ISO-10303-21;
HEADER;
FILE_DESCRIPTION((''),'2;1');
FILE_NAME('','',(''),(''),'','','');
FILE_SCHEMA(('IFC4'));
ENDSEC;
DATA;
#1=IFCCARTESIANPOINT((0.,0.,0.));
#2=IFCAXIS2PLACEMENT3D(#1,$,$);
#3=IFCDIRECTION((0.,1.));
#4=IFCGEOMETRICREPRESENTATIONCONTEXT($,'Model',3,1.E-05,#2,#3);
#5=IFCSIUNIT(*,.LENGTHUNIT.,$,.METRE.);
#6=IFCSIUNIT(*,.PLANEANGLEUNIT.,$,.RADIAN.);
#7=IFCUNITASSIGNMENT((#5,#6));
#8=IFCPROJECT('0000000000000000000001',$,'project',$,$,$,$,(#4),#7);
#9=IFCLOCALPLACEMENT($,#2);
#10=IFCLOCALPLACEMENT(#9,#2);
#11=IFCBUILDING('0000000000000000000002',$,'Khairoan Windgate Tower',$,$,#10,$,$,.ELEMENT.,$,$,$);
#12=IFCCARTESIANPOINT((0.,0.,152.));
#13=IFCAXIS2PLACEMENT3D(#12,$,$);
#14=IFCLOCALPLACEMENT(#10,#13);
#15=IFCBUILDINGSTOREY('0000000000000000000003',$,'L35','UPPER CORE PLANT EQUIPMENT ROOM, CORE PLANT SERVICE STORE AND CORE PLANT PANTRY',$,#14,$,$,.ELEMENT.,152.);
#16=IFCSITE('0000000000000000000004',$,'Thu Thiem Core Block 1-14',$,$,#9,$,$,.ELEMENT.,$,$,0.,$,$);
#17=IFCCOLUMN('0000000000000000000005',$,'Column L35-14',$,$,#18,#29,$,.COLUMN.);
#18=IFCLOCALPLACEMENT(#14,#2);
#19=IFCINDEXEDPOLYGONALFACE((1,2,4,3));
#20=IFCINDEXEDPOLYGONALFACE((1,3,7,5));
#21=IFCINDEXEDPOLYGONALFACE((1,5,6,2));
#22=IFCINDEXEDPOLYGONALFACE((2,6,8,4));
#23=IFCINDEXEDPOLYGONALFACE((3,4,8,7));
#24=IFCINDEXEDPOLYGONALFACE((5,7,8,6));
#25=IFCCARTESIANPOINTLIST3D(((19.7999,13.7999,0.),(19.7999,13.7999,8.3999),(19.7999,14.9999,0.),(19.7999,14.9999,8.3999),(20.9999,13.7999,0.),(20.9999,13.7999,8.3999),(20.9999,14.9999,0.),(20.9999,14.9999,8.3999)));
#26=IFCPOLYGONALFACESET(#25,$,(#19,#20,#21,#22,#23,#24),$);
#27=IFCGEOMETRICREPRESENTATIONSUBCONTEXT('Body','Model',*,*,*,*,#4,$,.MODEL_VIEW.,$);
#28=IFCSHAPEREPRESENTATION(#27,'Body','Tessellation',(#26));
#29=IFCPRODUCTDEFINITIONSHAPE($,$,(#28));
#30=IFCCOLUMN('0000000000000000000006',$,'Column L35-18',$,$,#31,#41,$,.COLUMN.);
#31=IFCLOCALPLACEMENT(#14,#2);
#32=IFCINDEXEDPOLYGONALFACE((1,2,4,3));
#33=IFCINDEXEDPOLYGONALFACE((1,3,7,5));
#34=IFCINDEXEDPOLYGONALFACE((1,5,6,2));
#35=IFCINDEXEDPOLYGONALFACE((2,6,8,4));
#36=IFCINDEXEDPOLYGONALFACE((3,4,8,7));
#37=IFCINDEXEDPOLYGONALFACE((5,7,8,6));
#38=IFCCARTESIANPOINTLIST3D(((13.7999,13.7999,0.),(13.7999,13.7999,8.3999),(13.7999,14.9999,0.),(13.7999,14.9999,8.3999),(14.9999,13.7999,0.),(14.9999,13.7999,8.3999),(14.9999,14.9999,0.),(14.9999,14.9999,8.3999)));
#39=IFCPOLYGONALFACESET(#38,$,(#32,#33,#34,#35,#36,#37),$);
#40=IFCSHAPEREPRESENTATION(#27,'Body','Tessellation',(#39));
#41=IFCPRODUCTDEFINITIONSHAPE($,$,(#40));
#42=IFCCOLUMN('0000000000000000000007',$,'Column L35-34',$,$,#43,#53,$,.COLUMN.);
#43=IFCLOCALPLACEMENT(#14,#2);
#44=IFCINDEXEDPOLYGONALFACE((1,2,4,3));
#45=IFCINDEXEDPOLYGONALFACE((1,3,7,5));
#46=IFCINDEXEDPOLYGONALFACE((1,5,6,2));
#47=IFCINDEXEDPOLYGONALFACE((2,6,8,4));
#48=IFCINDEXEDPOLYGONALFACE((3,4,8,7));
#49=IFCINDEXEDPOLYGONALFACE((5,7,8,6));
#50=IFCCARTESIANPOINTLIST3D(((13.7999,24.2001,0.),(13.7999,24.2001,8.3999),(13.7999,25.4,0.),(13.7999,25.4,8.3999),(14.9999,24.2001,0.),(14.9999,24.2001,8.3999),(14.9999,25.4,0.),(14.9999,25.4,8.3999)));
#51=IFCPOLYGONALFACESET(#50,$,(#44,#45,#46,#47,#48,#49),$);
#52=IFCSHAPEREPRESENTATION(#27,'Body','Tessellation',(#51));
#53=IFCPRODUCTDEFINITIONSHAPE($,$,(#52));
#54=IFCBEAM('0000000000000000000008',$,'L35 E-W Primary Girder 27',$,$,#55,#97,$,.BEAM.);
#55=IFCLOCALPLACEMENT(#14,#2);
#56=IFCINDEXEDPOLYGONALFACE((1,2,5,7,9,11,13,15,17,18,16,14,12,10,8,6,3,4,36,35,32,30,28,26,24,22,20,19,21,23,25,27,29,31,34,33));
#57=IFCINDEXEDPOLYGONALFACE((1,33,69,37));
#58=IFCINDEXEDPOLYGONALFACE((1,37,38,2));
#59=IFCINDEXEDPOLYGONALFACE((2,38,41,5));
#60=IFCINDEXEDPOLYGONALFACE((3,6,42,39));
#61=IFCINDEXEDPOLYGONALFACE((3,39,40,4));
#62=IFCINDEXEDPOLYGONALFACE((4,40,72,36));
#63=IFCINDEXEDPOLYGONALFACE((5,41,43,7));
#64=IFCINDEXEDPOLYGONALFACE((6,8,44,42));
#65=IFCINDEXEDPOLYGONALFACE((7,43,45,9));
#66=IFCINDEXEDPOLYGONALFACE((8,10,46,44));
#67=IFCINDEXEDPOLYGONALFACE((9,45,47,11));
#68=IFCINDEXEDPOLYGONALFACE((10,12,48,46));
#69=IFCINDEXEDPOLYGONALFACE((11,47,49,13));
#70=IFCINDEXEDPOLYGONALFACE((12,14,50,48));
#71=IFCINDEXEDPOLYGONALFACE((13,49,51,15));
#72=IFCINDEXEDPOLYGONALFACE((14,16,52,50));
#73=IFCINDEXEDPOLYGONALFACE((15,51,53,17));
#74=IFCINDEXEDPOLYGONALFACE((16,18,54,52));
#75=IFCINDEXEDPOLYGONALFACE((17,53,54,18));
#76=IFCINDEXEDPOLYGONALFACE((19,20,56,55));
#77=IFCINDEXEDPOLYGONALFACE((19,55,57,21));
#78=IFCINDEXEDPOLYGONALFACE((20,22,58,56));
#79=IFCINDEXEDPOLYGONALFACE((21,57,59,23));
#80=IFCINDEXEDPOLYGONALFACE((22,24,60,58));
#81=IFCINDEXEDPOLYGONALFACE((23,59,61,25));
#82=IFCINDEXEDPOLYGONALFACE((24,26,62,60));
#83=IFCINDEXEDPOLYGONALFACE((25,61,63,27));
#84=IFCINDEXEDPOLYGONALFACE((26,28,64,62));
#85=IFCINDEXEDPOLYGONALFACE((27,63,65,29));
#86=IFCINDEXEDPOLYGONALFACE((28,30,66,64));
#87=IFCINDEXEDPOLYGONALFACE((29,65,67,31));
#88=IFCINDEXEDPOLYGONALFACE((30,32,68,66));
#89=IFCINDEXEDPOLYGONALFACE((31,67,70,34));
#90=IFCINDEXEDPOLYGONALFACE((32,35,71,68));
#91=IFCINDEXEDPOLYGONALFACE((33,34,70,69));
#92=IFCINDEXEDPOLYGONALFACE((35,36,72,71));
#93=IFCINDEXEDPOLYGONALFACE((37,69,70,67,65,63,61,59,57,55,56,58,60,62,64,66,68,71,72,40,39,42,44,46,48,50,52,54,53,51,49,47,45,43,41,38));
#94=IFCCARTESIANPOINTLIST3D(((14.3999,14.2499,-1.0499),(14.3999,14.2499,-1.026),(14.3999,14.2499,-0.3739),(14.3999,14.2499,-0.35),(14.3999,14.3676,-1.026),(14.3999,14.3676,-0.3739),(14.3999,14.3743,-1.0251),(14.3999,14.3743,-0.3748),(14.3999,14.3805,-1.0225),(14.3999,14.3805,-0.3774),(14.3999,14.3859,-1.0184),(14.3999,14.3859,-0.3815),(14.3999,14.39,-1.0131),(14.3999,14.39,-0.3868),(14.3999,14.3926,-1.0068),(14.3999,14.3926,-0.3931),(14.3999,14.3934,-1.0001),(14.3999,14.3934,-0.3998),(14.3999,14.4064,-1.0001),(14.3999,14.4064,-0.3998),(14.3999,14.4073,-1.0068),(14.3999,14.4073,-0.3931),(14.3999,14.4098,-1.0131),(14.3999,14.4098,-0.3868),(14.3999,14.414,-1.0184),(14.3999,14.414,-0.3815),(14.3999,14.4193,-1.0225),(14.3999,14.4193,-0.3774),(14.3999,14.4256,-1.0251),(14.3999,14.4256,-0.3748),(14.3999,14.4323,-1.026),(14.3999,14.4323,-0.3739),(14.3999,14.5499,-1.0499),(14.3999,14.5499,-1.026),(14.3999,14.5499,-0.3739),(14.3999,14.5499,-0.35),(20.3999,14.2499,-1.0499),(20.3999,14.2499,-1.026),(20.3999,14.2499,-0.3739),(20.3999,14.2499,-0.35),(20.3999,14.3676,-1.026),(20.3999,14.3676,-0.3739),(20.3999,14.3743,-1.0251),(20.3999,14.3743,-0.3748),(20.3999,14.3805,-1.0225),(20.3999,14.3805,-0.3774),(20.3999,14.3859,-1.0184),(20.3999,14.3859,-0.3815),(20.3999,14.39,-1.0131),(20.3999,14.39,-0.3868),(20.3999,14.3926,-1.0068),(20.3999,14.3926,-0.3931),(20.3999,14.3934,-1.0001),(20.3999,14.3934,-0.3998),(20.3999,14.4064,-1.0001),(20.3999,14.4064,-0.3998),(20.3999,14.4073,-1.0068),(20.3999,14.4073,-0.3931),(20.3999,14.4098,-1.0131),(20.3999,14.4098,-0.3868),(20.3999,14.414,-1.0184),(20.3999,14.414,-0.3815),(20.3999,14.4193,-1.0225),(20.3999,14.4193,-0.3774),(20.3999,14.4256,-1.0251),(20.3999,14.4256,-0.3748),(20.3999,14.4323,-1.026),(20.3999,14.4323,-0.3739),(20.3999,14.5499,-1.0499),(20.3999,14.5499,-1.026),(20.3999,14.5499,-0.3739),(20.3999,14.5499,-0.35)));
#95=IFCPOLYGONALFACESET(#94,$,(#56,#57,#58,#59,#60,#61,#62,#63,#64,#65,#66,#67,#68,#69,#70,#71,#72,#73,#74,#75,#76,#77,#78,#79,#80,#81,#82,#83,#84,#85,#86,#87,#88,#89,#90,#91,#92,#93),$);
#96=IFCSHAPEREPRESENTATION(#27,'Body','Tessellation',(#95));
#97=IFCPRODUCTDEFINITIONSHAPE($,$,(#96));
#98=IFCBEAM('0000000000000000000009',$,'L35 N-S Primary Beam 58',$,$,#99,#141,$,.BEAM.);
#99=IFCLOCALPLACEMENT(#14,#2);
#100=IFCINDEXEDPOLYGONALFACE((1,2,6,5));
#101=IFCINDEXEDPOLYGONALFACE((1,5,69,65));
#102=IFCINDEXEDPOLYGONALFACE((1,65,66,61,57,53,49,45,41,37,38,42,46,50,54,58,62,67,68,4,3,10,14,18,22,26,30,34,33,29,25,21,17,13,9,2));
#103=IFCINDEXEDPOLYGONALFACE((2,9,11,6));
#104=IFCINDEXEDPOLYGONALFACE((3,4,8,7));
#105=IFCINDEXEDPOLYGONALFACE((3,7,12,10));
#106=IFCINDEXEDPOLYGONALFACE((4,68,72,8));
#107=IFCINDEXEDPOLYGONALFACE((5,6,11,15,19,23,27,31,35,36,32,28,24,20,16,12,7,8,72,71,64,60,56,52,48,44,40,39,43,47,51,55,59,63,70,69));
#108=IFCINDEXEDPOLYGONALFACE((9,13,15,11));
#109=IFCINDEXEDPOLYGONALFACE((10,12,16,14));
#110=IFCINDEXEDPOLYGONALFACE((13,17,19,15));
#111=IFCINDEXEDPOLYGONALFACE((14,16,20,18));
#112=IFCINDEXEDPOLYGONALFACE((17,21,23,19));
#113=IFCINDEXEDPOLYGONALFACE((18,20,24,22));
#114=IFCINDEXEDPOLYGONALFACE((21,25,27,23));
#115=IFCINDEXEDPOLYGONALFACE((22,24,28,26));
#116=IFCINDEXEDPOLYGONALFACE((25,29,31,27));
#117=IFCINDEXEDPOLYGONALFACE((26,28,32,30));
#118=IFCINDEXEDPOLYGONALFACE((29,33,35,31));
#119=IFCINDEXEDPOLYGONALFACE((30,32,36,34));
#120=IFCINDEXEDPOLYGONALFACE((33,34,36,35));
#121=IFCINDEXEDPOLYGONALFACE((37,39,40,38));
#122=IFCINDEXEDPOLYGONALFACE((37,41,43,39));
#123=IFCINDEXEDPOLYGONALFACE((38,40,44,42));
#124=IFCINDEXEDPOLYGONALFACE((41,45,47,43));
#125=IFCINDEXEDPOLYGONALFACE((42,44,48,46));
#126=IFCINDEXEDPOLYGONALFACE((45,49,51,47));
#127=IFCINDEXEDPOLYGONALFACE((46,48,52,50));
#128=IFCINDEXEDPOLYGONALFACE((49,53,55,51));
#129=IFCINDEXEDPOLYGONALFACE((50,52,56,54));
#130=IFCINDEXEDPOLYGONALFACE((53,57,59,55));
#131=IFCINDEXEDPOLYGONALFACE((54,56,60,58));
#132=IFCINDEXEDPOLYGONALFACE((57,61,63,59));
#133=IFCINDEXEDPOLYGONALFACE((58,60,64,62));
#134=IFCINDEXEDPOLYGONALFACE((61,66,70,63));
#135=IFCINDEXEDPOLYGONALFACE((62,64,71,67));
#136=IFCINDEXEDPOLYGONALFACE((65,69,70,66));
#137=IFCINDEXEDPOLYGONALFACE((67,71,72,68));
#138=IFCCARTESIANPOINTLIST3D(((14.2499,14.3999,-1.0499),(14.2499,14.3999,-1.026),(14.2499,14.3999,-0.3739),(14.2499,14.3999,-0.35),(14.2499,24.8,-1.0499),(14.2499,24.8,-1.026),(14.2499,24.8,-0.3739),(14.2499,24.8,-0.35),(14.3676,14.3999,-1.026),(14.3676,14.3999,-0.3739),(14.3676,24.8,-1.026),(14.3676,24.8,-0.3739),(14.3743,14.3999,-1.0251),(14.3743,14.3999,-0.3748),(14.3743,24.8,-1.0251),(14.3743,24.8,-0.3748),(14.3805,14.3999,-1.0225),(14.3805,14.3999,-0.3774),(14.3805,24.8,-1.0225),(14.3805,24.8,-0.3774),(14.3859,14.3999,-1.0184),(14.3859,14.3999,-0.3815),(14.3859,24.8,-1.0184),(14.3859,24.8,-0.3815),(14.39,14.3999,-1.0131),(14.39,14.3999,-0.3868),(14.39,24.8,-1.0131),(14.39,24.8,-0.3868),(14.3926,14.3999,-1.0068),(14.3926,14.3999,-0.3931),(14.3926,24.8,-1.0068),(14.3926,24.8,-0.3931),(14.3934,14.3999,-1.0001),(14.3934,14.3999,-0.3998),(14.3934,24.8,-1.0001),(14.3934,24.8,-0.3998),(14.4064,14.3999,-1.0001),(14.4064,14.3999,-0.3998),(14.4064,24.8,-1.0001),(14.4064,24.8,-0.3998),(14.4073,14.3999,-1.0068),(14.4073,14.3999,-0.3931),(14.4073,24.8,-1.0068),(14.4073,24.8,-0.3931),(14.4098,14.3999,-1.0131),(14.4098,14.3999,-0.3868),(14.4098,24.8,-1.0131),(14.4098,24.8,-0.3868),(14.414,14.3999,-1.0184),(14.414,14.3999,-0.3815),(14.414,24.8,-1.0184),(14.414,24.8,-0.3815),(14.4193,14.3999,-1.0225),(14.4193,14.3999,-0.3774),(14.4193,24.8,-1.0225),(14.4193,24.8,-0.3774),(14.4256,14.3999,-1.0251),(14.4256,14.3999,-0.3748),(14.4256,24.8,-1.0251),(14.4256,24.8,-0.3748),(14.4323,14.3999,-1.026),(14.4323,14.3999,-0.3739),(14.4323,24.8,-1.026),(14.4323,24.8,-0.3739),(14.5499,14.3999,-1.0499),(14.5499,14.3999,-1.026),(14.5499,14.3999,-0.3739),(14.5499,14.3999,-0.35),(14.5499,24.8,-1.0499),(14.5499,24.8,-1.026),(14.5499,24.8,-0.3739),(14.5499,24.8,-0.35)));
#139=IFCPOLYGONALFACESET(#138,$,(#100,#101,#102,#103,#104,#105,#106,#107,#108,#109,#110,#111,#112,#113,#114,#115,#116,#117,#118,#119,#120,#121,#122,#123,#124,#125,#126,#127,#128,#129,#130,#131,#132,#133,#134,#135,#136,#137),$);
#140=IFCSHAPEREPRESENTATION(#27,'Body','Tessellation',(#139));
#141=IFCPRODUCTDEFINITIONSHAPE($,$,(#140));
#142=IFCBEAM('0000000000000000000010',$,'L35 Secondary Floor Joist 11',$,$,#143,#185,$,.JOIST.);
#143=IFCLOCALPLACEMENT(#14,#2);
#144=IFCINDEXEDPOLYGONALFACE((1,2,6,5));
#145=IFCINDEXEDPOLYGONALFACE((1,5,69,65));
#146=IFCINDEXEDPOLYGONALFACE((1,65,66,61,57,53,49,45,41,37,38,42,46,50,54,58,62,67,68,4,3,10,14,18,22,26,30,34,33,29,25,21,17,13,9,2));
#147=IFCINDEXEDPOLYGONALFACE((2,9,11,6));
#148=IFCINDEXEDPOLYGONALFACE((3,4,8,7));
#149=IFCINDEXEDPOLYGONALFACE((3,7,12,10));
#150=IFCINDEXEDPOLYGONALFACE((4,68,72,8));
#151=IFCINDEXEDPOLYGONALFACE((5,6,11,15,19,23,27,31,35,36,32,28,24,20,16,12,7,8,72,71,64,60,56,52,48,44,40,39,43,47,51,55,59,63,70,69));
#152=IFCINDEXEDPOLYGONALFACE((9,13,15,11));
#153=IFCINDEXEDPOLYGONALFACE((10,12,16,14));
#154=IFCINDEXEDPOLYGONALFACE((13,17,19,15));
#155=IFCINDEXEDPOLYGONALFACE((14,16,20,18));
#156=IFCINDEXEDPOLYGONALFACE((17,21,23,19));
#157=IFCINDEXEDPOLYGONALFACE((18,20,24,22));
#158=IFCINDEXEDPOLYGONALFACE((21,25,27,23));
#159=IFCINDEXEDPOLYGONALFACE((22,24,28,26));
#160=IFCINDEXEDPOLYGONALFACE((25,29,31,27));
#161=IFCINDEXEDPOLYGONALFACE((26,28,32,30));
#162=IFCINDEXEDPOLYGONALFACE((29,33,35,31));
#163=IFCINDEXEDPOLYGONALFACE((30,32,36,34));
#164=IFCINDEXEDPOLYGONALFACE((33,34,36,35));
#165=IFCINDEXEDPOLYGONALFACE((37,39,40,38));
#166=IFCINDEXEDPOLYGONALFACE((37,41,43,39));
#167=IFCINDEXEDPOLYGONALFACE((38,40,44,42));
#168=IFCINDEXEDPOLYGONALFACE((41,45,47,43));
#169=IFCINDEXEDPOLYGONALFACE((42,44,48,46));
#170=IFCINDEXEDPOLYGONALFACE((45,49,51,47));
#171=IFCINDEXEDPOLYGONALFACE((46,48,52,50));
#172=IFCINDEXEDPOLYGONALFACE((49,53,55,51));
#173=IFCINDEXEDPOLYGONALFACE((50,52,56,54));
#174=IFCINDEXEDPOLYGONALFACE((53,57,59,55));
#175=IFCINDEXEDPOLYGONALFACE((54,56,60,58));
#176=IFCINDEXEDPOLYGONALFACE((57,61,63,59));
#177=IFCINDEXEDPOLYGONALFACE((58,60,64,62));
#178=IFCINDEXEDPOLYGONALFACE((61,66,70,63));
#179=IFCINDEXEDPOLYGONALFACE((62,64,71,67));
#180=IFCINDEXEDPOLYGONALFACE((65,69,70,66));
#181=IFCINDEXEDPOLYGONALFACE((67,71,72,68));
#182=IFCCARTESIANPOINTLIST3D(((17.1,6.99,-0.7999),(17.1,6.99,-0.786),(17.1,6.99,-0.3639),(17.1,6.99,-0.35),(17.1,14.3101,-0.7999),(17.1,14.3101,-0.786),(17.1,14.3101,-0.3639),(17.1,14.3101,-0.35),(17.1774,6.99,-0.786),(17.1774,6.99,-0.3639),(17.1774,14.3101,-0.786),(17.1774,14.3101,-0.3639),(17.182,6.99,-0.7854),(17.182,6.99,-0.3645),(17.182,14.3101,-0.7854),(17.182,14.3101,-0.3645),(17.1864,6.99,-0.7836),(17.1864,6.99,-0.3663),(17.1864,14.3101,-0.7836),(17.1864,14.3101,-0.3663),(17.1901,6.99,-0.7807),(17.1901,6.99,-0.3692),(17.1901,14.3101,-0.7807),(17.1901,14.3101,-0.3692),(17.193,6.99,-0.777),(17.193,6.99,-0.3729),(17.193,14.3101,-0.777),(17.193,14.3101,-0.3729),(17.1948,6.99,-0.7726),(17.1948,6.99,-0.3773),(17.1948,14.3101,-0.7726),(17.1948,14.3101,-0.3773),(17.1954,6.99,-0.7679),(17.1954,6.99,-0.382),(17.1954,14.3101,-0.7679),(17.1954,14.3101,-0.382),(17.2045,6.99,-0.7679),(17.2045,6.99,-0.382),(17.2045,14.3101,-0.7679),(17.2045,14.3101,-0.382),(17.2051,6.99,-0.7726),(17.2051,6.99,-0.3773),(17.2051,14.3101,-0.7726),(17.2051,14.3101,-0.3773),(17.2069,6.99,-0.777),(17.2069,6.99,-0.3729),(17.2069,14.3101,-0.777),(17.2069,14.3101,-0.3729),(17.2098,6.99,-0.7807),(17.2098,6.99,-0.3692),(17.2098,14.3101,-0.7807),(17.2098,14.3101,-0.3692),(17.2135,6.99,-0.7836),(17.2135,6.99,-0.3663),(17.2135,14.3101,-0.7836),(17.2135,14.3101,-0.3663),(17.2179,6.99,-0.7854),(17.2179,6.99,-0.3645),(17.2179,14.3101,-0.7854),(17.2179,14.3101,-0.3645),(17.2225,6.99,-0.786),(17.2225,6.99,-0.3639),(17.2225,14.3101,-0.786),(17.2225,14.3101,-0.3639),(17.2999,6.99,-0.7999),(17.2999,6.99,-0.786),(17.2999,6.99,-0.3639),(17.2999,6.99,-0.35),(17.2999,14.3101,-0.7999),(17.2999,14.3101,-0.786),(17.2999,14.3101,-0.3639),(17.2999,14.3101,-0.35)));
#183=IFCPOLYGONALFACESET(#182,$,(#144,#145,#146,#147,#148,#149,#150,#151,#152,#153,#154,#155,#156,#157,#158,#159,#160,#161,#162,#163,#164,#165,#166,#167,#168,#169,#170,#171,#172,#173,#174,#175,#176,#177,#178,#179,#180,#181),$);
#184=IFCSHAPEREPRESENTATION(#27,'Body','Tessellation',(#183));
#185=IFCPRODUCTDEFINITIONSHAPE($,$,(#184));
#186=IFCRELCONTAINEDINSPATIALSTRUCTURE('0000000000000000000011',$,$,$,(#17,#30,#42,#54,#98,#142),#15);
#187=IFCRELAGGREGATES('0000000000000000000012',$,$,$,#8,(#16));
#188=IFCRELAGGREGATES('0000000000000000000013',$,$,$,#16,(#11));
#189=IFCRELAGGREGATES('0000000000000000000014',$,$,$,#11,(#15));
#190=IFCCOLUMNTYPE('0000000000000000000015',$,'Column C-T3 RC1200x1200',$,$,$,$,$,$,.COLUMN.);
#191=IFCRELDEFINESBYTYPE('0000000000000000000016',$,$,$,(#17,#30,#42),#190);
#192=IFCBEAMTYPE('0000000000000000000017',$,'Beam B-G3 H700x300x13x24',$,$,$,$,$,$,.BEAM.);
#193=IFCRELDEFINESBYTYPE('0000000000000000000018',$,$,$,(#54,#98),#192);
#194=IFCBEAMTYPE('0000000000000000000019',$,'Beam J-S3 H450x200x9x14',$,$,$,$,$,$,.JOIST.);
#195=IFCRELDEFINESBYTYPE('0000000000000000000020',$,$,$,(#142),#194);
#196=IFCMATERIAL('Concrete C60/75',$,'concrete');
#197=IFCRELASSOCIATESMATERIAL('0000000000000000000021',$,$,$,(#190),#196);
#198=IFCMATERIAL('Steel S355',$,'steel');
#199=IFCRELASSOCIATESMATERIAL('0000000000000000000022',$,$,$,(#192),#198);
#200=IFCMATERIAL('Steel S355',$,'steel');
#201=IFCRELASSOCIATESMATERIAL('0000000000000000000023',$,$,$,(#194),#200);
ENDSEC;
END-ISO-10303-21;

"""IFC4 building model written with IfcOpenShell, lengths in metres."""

from ifc_helpers import new_model, si_unit, direction, frame, origin, origin_2d, place, context, subcontext, project, spatial, rectangle, i_section, extrude, material, material_profile, profile_set, type_object, element, save


model = new_model("IFC4")

# Units and contexts
model_context = context("Model", 3, precision=1e-05, world=origin(), true_north=direction((0.0, 1.0)))
body_context = subcontext(model_context, "Body", "Model", "MODEL_VIEW")
ifc_project = project(units=[si_unit("LENGTHUNIT", "METRE"), si_unit("PLANEANGLEUNIT", "RADIAN")], contexts=[model_context])

# Site, building, storey
site_placement = place(None, origin())
site = spatial("IfcSite", under=ifc_project, at=site_placement, Name="Thu Thiem Core Block 1-14", CompositionType="ELEMENT", RefElevation=0.0)
building_placement = place(site_placement, origin())
building = spatial("IfcBuilding", under=site, at=building_placement, Name="Khairoan Windgate Tower", CompositionType="ELEMENT")
storey_placement = place(building_placement, frame((0.0, 0.0, 152.0)))
storey = spatial("IfcBuildingStorey", under=building, at=storey_placement, Name="L35", Description="UPPER CORE PLANT EQUIPMENT ROOM, CORE PLANT SERVICE STORE AND CORE PLANT PANTRY", CompositionType="ELEMENT", Elevation=152.0)

# Columns
ifc_material_1 = material(Name="Concrete C60/75", Category="concrete")
ifc_material_profile_1 = material_profile(ifc_material_1, rectangle(XDim=1.2, YDim=1.2, at=origin_2d()))
ifc_profile_set_1 = profile_set([ifc_material_profile_1], Name="Concrete C60/75")
column_type = type_object("IfcColumnType", Name="Column C-T3 RC1200x1200", PredefinedType="COLUMN", material=ifc_profile_set_1)
for number, where, z_axis, x_axis, name in (
    (1, (20.3999, 14.3999, 0.0), (0.0, 0.0, 1.0), (1.0, 0.0, 0.0), "Column L35-14"),
    (2, (14.3999, 14.3999, 0.0), (0.0, 0.0, 1.0), (1.0, 0.0, 0.0), "Column L35-18"),
    (3, (14.3999, 24.8, 0.0), (0.0, 0.0, 1.0), (1.0, 0.0, 0.0), "Column L35-34"),
):
    element("IfcColumn", number, at=place(storey_placement, frame(where, z_axis=z_axis, x_axis=x_axis)), inside=storey, type_object=column_type, Name=name, PredefinedType="COLUMN", context=body_context, shape_type="SweptSolid", body=[
        extrude(rectangle(XDim=1.2, YDim=1.2, at=origin_2d()), origin(), (0.0, 0.0, 1.0), 8.3999),
    ])

# Beams
ifc_material_2 = material(Name="Steel S355", Category="steel")
ifc_material_profile_2 = material_profile(ifc_material_2, i_section(OverallWidth=0.3, OverallDepth=0.7, WebThickness=0.0129, FlangeThickness=0.0239, FilletRadius=0.0259, at=origin_2d()))
ifc_profile_set_2 = profile_set([ifc_material_profile_2], Name="Steel S355")
beam_type_1 = type_object("IfcBeamType", Name="Beam B-G3 H700x300x13x24", PredefinedType="BEAM", material=ifc_profile_set_2)
beam_1_placement = place(storey_placement, frame((14.3999, 14.3999, -0.7), z_axis=(1.0, 0.0, 0.0), x_axis=(0.0, 1.0, 0.0)))
element("IfcBeam", 4, at=beam_1_placement, inside=storey, type_object=beam_type_1, Name="L35 E-W Primary Girder 27", PredefinedType="BEAM", context=body_context, shape_type="SweptSolid", body=[
    extrude(i_section(OverallWidth=0.3, OverallDepth=0.7, WebThickness=0.0129, FlangeThickness=0.0239, FilletRadius=0.0259, at=origin_2d()), origin(), (0.0, 0.0, 1.0), 6.0),
])
beam_2_placement = place(storey_placement, frame((14.3999, 14.3999, -0.7), z_axis=(0.0, 1.0, 0.0), x_axis=(-1.0, 0.0, 0.0)))
element("IfcBeam", 5, at=beam_2_placement, inside=storey, type_object=beam_type_1, Name="L35 N-S Primary Beam 58", PredefinedType="BEAM", context=body_context, shape_type="SweptSolid", body=[
    extrude(i_section(OverallWidth=0.3, OverallDepth=0.7, WebThickness=0.0129, FlangeThickness=0.0239, FilletRadius=0.0259, at=origin_2d()), origin(), (0.0, 0.0, 1.0), 10.4001),
])
ifc_material_3 = material(Name="Steel S355", Category="steel")
ifc_material_profile_3 = material_profile(ifc_material_3, i_section(OverallWidth=0.2, OverallDepth=0.45, WebThickness=0.009, FlangeThickness=0.0139, FilletRadius=0.0181, at=origin_2d()))
ifc_profile_set_3 = profile_set([ifc_material_profile_3], Name="Steel S355")
beam_type_2 = type_object("IfcBeamType", Name="Beam J-S3 H450x200x9x14", PredefinedType="JOIST", material=ifc_profile_set_3)
beam_3_placement = place(storey_placement, frame((17.2, 6.99, -0.575), z_axis=(0.0, 1.0, 0.0), x_axis=(-1.0, 0.0, 0.0)))
element("IfcBeam", 6, at=beam_3_placement, inside=storey, type_object=beam_type_2, Name="L35 Secondary Floor Joist 11", PredefinedType="JOIST", context=body_context, shape_type="SweptSolid", body=[
    extrude(i_section(OverallWidth=0.2, OverallDepth=0.45, WebThickness=0.009, FlangeThickness=0.0139, FilletRadius=0.0181, at=origin_2d()), origin(), (0.0, 0.0, 1.0), 7.3201),
])

save(model, "model.ifc")
